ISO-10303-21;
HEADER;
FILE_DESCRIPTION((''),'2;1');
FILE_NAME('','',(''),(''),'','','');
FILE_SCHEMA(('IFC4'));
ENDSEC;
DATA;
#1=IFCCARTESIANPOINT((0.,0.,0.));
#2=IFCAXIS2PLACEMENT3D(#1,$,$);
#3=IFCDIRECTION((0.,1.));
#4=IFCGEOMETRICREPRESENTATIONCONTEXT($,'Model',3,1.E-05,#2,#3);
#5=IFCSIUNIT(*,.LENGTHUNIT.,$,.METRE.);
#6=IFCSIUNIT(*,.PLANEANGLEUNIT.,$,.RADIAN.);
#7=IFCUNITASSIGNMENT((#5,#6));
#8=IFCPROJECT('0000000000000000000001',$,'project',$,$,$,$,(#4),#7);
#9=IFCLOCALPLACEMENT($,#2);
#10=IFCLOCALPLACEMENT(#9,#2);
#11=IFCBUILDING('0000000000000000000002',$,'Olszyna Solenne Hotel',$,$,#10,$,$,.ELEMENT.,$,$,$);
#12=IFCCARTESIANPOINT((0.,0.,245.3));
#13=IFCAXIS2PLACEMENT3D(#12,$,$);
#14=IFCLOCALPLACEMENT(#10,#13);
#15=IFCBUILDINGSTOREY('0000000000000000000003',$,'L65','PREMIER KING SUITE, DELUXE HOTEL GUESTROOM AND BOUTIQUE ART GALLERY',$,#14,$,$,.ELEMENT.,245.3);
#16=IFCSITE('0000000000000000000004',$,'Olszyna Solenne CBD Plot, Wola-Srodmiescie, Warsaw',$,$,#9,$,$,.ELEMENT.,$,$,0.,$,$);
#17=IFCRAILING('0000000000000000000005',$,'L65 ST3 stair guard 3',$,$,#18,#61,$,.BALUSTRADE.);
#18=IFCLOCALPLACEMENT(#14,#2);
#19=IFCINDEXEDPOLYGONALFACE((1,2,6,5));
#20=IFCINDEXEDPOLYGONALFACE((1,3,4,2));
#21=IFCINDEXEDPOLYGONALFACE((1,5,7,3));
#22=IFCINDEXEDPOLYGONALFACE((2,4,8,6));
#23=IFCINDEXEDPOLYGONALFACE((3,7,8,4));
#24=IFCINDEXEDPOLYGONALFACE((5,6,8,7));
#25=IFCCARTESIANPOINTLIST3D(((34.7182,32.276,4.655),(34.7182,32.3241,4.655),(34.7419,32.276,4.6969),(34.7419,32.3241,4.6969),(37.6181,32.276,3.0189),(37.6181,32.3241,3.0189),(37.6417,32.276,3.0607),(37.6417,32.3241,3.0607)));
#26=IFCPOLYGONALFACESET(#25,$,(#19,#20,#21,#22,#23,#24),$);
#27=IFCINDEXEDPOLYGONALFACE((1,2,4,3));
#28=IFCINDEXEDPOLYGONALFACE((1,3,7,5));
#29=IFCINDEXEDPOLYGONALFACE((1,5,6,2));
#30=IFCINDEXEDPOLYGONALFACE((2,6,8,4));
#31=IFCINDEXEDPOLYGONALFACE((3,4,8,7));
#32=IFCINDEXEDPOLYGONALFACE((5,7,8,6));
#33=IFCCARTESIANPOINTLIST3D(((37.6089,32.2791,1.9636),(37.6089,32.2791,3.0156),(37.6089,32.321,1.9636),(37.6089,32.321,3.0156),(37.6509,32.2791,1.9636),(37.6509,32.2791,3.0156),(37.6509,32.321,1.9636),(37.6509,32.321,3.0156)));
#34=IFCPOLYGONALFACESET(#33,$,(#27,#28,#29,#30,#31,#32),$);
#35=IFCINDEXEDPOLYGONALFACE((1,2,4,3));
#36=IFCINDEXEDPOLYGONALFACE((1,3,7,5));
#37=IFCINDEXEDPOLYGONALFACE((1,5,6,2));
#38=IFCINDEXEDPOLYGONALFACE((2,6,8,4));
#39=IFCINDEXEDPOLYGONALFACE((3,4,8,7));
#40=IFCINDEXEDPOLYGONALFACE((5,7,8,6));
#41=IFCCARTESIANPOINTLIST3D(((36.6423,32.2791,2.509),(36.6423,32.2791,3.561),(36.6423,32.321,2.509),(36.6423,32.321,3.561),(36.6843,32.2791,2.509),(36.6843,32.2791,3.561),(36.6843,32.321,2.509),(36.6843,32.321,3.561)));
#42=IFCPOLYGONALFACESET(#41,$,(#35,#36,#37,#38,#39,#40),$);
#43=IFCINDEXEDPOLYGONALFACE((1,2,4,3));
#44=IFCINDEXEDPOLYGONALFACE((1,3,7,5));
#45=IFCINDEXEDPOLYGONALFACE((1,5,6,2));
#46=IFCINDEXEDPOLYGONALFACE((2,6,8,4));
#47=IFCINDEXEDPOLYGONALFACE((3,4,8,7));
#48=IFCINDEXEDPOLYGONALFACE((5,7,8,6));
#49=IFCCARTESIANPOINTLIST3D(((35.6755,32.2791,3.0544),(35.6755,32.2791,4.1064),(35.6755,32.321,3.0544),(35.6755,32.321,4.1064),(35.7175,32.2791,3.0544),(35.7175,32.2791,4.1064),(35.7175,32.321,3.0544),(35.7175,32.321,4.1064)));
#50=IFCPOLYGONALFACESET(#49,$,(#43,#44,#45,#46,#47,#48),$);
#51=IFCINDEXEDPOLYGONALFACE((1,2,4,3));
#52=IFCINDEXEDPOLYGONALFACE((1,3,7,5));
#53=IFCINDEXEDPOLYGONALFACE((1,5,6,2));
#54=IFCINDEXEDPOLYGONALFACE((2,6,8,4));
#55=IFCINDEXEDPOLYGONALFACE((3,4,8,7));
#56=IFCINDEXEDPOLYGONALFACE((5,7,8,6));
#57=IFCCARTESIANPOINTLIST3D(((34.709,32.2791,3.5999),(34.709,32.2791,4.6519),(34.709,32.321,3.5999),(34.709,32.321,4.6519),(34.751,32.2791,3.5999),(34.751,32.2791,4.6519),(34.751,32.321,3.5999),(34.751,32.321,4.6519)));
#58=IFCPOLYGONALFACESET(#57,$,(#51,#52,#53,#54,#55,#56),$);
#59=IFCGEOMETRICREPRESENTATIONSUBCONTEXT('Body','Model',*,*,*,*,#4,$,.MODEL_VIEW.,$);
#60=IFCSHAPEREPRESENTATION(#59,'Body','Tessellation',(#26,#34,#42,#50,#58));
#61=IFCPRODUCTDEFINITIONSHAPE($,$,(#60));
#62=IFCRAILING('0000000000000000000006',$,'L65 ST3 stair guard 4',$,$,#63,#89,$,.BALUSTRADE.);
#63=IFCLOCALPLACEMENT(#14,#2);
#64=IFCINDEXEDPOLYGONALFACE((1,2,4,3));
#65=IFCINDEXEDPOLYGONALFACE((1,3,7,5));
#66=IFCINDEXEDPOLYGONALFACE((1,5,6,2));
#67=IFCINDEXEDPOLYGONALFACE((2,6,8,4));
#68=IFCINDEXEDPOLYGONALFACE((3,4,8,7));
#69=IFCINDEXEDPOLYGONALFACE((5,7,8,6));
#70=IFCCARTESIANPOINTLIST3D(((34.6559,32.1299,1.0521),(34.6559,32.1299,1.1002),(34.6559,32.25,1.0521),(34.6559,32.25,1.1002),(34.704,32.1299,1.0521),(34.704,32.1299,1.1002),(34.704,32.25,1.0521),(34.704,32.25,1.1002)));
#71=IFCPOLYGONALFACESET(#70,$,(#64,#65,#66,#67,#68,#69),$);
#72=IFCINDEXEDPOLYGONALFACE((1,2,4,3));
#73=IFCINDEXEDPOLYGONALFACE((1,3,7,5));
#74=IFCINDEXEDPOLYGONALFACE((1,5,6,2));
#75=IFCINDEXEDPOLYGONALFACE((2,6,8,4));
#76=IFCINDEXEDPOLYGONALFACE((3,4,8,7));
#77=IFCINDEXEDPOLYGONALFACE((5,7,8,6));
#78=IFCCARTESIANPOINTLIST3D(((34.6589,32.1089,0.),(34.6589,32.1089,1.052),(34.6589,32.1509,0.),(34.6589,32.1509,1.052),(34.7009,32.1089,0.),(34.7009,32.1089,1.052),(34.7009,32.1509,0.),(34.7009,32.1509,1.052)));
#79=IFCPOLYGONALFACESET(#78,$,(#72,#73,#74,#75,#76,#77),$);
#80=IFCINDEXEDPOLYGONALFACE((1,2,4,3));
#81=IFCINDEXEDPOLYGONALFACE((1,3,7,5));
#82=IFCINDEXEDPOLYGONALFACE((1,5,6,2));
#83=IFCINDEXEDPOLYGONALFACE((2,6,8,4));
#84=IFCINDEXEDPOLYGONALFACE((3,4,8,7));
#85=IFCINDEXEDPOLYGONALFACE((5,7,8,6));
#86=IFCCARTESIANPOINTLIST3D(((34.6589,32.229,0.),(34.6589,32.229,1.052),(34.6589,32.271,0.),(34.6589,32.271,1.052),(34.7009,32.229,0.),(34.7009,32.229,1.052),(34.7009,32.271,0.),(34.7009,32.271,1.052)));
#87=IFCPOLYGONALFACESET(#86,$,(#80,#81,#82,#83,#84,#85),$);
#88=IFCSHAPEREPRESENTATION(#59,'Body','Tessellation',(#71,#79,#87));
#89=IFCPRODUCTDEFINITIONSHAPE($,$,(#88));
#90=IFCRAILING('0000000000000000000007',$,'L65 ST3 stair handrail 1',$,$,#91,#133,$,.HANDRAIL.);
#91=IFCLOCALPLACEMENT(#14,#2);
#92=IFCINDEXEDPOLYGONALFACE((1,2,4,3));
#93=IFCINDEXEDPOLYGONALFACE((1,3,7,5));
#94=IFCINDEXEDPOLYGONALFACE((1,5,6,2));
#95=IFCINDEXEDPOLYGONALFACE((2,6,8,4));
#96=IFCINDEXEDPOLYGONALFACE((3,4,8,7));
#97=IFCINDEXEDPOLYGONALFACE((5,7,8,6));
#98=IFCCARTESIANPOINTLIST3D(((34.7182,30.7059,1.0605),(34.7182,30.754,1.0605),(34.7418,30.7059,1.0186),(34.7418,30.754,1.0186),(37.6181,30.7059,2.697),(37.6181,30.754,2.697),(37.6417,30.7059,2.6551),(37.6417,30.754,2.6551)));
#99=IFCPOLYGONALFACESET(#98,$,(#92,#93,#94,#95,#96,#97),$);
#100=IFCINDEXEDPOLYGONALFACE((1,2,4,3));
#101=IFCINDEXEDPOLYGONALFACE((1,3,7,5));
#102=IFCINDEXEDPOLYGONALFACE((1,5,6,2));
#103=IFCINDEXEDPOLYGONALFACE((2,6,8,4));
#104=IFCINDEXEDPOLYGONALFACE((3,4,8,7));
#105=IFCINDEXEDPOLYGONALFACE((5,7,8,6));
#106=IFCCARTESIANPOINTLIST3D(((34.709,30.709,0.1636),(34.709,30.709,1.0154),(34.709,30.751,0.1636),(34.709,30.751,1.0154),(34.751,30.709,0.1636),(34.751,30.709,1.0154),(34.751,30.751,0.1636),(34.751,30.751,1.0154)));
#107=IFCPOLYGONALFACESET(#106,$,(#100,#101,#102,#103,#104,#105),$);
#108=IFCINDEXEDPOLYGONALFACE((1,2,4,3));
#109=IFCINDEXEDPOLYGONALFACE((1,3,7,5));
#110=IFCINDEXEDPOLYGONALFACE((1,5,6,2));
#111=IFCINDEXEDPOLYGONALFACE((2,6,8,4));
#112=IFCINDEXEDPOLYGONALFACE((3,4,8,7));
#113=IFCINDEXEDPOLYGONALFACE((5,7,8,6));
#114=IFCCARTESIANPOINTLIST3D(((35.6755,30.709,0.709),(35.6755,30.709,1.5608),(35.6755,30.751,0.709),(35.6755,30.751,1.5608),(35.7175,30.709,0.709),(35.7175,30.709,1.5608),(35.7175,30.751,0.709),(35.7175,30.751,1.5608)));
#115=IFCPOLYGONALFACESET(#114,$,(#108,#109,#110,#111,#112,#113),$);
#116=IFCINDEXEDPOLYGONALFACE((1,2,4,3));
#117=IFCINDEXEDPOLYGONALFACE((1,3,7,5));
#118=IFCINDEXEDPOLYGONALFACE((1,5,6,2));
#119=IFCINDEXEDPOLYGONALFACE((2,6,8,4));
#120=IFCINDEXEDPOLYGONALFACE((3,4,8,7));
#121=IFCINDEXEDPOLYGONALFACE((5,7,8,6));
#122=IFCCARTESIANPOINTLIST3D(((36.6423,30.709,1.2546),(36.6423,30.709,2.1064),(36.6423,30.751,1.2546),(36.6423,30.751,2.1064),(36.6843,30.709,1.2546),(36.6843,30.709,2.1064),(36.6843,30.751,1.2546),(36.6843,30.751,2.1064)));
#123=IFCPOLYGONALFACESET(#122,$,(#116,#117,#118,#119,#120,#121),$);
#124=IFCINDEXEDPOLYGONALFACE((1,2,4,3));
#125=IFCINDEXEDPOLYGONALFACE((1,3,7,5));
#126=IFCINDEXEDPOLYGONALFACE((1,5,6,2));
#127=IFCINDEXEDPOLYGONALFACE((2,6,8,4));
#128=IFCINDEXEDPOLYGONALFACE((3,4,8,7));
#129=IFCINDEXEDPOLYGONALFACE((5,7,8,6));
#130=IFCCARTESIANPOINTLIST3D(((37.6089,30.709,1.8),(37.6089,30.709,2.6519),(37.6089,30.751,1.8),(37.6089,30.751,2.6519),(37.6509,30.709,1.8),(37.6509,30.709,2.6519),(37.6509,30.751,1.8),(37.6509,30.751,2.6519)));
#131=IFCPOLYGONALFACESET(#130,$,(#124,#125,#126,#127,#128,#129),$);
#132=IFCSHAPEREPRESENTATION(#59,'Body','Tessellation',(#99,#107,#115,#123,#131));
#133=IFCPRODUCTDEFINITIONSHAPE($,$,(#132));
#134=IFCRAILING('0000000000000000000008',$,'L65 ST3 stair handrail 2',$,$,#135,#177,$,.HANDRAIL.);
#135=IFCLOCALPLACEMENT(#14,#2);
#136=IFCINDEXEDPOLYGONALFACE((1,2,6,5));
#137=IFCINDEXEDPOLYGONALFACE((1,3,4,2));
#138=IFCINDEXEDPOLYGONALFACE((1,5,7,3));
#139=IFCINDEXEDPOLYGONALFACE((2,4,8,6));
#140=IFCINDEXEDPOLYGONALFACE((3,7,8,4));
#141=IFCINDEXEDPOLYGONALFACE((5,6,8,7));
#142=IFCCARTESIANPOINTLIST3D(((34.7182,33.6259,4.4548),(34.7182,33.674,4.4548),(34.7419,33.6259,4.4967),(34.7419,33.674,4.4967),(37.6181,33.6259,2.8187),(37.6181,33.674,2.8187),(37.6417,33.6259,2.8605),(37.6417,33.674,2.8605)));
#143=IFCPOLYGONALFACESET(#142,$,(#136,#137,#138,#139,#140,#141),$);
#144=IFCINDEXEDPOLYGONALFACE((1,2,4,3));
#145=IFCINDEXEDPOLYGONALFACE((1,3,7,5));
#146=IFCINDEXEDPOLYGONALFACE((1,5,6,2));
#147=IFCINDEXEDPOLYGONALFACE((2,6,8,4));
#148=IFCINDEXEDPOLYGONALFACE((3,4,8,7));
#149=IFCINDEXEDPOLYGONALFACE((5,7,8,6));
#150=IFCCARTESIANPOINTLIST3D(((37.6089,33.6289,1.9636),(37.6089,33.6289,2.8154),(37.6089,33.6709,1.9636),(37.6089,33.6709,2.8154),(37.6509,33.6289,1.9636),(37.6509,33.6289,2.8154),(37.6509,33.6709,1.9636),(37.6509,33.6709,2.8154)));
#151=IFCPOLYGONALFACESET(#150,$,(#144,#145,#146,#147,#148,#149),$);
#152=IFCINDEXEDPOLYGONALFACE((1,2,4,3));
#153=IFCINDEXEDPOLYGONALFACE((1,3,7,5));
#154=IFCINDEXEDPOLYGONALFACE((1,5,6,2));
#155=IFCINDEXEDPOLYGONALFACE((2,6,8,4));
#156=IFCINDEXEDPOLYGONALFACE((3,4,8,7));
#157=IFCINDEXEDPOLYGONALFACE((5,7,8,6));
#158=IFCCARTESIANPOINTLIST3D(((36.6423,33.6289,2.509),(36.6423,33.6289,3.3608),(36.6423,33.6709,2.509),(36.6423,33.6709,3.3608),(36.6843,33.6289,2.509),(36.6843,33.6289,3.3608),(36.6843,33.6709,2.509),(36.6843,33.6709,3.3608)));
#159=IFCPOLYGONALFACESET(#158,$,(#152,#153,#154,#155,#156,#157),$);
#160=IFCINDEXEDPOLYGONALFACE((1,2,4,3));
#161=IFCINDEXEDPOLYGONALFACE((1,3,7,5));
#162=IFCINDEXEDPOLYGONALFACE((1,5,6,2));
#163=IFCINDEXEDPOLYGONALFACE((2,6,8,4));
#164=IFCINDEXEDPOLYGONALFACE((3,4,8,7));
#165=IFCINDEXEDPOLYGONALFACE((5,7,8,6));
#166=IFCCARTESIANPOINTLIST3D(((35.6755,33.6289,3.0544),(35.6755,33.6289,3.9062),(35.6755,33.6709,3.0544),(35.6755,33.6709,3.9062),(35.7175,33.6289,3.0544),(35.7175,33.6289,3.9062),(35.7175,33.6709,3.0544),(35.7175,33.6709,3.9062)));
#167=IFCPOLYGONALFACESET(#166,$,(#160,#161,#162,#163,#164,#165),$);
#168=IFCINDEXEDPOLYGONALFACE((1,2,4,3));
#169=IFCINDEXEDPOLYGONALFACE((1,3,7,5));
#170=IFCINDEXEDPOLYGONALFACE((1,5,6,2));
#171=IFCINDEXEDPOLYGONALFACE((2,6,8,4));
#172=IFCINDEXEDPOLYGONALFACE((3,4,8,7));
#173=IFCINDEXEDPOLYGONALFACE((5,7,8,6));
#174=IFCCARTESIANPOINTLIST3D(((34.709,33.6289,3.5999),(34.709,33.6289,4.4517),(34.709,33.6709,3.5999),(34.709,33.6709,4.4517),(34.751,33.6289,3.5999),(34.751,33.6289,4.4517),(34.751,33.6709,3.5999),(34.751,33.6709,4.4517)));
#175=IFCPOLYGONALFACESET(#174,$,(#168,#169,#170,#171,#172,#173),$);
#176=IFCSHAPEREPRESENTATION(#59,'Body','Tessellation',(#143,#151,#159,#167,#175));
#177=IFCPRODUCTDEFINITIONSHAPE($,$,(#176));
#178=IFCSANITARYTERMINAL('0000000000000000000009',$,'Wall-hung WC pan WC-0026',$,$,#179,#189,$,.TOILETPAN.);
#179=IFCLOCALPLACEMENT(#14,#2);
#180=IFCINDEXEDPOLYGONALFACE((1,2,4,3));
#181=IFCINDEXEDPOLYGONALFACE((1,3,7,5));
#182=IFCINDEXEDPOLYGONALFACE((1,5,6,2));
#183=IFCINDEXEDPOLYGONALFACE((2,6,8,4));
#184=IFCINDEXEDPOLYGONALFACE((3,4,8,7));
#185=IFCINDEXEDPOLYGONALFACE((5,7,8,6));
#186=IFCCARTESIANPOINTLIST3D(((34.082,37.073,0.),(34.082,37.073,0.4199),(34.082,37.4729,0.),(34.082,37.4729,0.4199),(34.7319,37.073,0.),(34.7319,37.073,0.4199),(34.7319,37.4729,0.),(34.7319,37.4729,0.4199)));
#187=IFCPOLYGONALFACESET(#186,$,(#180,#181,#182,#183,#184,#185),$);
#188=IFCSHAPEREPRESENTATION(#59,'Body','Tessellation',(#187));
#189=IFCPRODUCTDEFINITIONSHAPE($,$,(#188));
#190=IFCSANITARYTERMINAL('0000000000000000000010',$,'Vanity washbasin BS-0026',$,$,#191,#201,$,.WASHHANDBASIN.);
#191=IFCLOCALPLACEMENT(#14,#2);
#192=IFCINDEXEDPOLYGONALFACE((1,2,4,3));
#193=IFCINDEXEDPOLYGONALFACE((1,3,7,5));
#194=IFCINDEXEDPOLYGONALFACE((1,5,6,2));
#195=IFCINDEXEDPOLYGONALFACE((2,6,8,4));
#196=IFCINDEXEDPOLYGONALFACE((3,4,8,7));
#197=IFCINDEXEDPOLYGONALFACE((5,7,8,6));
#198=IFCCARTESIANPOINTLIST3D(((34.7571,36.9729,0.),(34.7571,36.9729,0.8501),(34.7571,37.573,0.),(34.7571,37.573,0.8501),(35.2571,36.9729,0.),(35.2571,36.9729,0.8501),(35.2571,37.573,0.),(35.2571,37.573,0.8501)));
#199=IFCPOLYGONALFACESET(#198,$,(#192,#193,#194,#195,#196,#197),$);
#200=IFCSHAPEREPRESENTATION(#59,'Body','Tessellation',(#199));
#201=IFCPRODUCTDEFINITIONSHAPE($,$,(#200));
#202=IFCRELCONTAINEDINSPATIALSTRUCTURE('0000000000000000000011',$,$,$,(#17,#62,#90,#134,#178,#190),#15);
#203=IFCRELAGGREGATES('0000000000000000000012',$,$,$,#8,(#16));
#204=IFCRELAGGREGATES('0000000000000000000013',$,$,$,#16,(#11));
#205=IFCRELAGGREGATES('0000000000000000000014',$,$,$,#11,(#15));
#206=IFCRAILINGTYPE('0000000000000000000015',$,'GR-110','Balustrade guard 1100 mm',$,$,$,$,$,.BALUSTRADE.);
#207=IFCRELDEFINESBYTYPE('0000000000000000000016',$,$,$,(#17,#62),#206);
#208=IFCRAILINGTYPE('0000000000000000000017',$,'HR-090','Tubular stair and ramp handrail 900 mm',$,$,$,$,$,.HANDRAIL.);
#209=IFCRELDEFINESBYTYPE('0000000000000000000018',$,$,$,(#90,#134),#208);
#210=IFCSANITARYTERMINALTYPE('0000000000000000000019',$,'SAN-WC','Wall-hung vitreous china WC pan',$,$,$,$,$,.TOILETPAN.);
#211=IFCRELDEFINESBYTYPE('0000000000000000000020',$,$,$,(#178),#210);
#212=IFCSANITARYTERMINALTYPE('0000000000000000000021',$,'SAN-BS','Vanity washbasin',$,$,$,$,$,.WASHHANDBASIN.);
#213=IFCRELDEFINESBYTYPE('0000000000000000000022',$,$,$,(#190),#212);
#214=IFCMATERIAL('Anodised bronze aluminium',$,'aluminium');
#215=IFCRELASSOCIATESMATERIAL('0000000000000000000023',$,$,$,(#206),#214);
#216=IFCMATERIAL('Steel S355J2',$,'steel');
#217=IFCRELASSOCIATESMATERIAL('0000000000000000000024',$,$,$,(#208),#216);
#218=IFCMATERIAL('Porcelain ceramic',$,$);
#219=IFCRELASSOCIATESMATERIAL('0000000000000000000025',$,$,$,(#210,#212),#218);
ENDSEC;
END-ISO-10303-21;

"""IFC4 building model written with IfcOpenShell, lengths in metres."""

from ifc_helpers import new_model, si_unit, direction, frame, origin, origin_2d, place, context, subcontext, project, spatial, rectangle, extrude, source, transform, mapped, material, type_object, element, save


model = new_model("IFC4")

# Units and contexts
model_context = context("Model", 3, precision=1e-05, world=origin(), true_north=direction((0.0, 1.0)))
body_context = subcontext(model_context, "Body", "Model", "MODEL_VIEW")
ifc_project = project(units=[si_unit("LENGTHUNIT", "METRE"), si_unit("PLANEANGLEUNIT", "RADIAN")], contexts=[model_context])

# Site, building, storey
site_placement = place(None, origin())
site = spatial("IfcSite", under=ifc_project, at=site_placement, Name="Olszyna Solenne CBD Plot, Wola-Srodmiescie, Warsaw", CompositionType="ELEMENT", RefElevation=0.0)
building_placement = place(site_placement, origin())
building = spatial("IfcBuilding", under=site, at=building_placement, Name="Olszyna Solenne Hotel", CompositionType="ELEMENT")
storey_placement = place(building_placement, frame((0.0, 0.0, 245.3)))
storey = spatial("IfcBuildingStorey", under=building, at=storey_placement, Name="L65", Description="PREMIER KING SUITE, DELUXE HOTEL GUESTROOM AND BOUTIQUE ART GALLERY", CompositionType="ELEMENT", Elevation=245.3)

# Shared definitions
ifc_material_1 = material(Name="Steel S355J2", Category="steel")

# Shared definitions
ifc_material_2 = material(Name="Anodised bronze aluminium", Category="aluminium")

# Railings
railing_type_1 = type_object("IfcRailingType", Name="GR-110", Description="Balustrade guard 1100 mm", PredefinedType="BALUSTRADE", material=ifc_material_2)
railing_1_placement = place(storey_placement, frame((37.6299, 32.3, 1.9636)))
element("IfcRailing", 1, at=railing_1_placement, inside=storey, type_object=railing_type_1, Name="L65 ST3 stair guard 3", PredefinedType="BALUSTRADE", context=body_context, shape_type="SweptSolid", body=[
    extrude(rectangle(XDim=0.0481, YDim=0.0481, at=origin_2d()), frame((0.0, 0.0, 1.0762), z_axis=(-0.870929, 0.0, 0.49141), x_axis=(0.0, -1.0, 0.0)), (0.0, 0.0, 1.0), 3.3296),
    extrude(rectangle(XDim=0.042, YDim=0.042, at=origin_2d()), origin(), (0.0, 0.0, 1.0), 1.052),
    extrude(rectangle(XDim=0.042, YDim=0.042, at=origin_2d()), frame((-0.9666, 0.0, 0.5454)), (0.0, 0.0, 1.0), 1.052),
    extrude(rectangle(XDim=0.042, YDim=0.042, at=origin_2d()), frame((-1.9333, 0.0, 1.0908)), (0.0, 0.0, 1.0), 1.052),
    extrude(rectangle(XDim=0.042, YDim=0.042, at=origin_2d()), frame((-2.8999, 0.0, 1.6362)), (0.0, 0.0, 1.0), 1.052),
])
railing_2_placement = place(storey_placement, frame((34.6799, 32.1299, 0.0)))
element("IfcRailing", 2, at=railing_2_placement, inside=storey, type_object=railing_type_1, Name="L65 ST3 stair guard 4", PredefinedType="BALUSTRADE", context=body_context, shape_type="SweptSolid", body=[
    extrude(rectangle(XDim=0.0481, YDim=0.0481, at=origin_2d()), frame((0.0, 0.0, 1.0762), z_axis=(0.0, 1.0, 0.0), x_axis=(-1.0, 0.0, 0.0)), (0.0, 0.0, 1.0), 0.1201),
    extrude(rectangle(XDim=0.042, YDim=0.042, at=origin_2d()), origin(), (0.0, 0.0, 1.0), 1.052),
    extrude(rectangle(XDim=0.042, YDim=0.042, at=origin_2d()), frame((0.0, 0.1201, 0.0)), (0.0, 0.0, 1.0), 1.052),
])
railing_type_2 = type_object("IfcRailingType", Name="HR-090", Description="Tubular stair and ramp handrail 900 mm", PredefinedType="HANDRAIL", material=ifc_material_1)
railing_3_placement = place(storey_placement, frame((34.73, 30.73, 0.1636)))
element("IfcRailing", 3, at=railing_3_placement, inside=storey, type_object=railing_type_2, Name="L65 ST3 stair handrail 1", PredefinedType="HANDRAIL", context=body_context, shape_type="SweptSolid", body=[
    extrude(rectangle(XDim=0.0481, YDim=0.0481, at=origin_2d()), frame((0.0, 0.0, 0.876), z_axis=(0.870897, 0.0, 0.491465), x_axis=(0.0, 1.0, 0.0)), (0.0, 0.0, 1.0), 3.3298),
    extrude(rectangle(XDim=0.042, YDim=0.042, at=origin_2d()), origin(), (0.0, 0.0, 1.0), 0.8518),
    extrude(rectangle(XDim=0.042, YDim=0.042, at=origin_2d()), frame((0.9666, 0.0, 0.5454)), (0.0, 0.0, 1.0), 0.8518),
    extrude(rectangle(XDim=0.042, YDim=0.042, at=origin_2d()), frame((1.9333, 0.0, 1.0911)), (0.0, 0.0, 1.0), 0.8518),
    extrude(rectangle(XDim=0.042, YDim=0.042, at=origin_2d()), frame((2.8999, 0.0, 1.6365)), (0.0, 0.0, 1.0), 0.8518),
])
railing_4_placement = place(storey_placement, frame((37.6299, 33.6499, 1.9636)))
element("IfcRailing", 4, at=railing_4_placement, inside=storey, type_object=railing_type_2, Name="L65 ST3 stair handrail 2", PredefinedType="HANDRAIL", context=body_context, shape_type="SweptSolid", body=[
    extrude(rectangle(XDim=0.0481, YDim=0.0481, at=origin_2d()), frame((0.0, 0.0, 0.876), z_axis=(-0.870929, 0.0, 0.49141), x_axis=(0.0, -1.0, 0.0)), (0.0, 0.0, 1.0), 3.3296),
    extrude(rectangle(XDim=0.042, YDim=0.042, at=origin_2d()), origin(), (0.0, 0.0, 1.0), 0.8518),
    extrude(rectangle(XDim=0.042, YDim=0.042, at=origin_2d()), frame((-0.9666, 0.0, 0.5454)), (0.0, 0.0, 1.0), 0.8518),
    extrude(rectangle(XDim=0.042, YDim=0.042, at=origin_2d()), frame((-1.9333, 0.0, 1.0908)), (0.0, 0.0, 1.0), 0.8518),
    extrude(rectangle(XDim=0.042, YDim=0.042, at=origin_2d()), frame((-2.8999, 0.0, 1.6362)), (0.0, 0.0, 1.0), 0.8518),
])

# Sanitary terminals
ifc_material_3 = material(Name="Porcelain ceramic")
sanitary_terminal_type_1 = type_object("IfcSanitaryTerminalType", Name="SAN-WC", Description="Wall-hung vitreous china WC pan", PredefinedType="TOILETPAN", material=ifc_material_3)
shared_shape_1 = source(origin(), body_context, "Body", "SweptSolid", [
    extrude(rectangle(XDim=0.6499, YDim=0.3999, at=origin_2d()), origin(), (0.0, 0.0, 1.0), 0.4199),
])
sanitary_terminal_1_placement = place(storey_placement, frame((34.407, 37.2729, 0.0), z_axis=(0.0, 0.0, 1.0), x_axis=(1.0, 0.0, 0.0)))
element("IfcSanitaryTerminal", 5, at=sanitary_terminal_1_placement, inside=storey, type_object=sanitary_terminal_type_1, Name="Wall-hung WC pan WC-0026", PredefinedType="TOILETPAN", context=body_context, shape_type="MappedRepresentation", body=[
    mapped(shared_shape_1, transform((0.0, 0.0, 0.0), x_axis=(1.0, 0.0, 0.0), y_axis=(0.0, 1.0, 0.0), z_axis=(0.0, 0.0, 1.0), scale=1.0)),
])
sanitary_terminal_type_2 = type_object("IfcSanitaryTerminalType", Name="SAN-BS", Description="Vanity washbasin", PredefinedType="WASHHANDBASIN", material=ifc_material_3)
shared_shape_2 = source(origin(), body_context, "Body", "SweptSolid", [
    extrude(rectangle(XDim=0.5, YDim=0.6001, at=origin_2d()), origin(), (0.0, 0.0, 1.0), 0.8501),
])
sanitary_terminal_2_placement = place(storey_placement, frame((35.0071, 37.2729, 0.0), z_axis=(0.0, 0.0, 1.0), x_axis=(1.0, 0.0, 0.0)))
element("IfcSanitaryTerminal", 6, at=sanitary_terminal_2_placement, inside=storey, type_object=sanitary_terminal_type_2, Name="Vanity washbasin BS-0026", PredefinedType="WASHHANDBASIN", context=body_context, shape_type="MappedRepresentation", body=[
    mapped(shared_shape_2, transform((0.0, 0.0, 0.0), x_axis=(1.0, 0.0, 0.0), y_axis=(0.0, 1.0, 0.0), z_axis=(0.0, 0.0, 1.0), scale=1.0)),
])

save(model, "model.ifc")
